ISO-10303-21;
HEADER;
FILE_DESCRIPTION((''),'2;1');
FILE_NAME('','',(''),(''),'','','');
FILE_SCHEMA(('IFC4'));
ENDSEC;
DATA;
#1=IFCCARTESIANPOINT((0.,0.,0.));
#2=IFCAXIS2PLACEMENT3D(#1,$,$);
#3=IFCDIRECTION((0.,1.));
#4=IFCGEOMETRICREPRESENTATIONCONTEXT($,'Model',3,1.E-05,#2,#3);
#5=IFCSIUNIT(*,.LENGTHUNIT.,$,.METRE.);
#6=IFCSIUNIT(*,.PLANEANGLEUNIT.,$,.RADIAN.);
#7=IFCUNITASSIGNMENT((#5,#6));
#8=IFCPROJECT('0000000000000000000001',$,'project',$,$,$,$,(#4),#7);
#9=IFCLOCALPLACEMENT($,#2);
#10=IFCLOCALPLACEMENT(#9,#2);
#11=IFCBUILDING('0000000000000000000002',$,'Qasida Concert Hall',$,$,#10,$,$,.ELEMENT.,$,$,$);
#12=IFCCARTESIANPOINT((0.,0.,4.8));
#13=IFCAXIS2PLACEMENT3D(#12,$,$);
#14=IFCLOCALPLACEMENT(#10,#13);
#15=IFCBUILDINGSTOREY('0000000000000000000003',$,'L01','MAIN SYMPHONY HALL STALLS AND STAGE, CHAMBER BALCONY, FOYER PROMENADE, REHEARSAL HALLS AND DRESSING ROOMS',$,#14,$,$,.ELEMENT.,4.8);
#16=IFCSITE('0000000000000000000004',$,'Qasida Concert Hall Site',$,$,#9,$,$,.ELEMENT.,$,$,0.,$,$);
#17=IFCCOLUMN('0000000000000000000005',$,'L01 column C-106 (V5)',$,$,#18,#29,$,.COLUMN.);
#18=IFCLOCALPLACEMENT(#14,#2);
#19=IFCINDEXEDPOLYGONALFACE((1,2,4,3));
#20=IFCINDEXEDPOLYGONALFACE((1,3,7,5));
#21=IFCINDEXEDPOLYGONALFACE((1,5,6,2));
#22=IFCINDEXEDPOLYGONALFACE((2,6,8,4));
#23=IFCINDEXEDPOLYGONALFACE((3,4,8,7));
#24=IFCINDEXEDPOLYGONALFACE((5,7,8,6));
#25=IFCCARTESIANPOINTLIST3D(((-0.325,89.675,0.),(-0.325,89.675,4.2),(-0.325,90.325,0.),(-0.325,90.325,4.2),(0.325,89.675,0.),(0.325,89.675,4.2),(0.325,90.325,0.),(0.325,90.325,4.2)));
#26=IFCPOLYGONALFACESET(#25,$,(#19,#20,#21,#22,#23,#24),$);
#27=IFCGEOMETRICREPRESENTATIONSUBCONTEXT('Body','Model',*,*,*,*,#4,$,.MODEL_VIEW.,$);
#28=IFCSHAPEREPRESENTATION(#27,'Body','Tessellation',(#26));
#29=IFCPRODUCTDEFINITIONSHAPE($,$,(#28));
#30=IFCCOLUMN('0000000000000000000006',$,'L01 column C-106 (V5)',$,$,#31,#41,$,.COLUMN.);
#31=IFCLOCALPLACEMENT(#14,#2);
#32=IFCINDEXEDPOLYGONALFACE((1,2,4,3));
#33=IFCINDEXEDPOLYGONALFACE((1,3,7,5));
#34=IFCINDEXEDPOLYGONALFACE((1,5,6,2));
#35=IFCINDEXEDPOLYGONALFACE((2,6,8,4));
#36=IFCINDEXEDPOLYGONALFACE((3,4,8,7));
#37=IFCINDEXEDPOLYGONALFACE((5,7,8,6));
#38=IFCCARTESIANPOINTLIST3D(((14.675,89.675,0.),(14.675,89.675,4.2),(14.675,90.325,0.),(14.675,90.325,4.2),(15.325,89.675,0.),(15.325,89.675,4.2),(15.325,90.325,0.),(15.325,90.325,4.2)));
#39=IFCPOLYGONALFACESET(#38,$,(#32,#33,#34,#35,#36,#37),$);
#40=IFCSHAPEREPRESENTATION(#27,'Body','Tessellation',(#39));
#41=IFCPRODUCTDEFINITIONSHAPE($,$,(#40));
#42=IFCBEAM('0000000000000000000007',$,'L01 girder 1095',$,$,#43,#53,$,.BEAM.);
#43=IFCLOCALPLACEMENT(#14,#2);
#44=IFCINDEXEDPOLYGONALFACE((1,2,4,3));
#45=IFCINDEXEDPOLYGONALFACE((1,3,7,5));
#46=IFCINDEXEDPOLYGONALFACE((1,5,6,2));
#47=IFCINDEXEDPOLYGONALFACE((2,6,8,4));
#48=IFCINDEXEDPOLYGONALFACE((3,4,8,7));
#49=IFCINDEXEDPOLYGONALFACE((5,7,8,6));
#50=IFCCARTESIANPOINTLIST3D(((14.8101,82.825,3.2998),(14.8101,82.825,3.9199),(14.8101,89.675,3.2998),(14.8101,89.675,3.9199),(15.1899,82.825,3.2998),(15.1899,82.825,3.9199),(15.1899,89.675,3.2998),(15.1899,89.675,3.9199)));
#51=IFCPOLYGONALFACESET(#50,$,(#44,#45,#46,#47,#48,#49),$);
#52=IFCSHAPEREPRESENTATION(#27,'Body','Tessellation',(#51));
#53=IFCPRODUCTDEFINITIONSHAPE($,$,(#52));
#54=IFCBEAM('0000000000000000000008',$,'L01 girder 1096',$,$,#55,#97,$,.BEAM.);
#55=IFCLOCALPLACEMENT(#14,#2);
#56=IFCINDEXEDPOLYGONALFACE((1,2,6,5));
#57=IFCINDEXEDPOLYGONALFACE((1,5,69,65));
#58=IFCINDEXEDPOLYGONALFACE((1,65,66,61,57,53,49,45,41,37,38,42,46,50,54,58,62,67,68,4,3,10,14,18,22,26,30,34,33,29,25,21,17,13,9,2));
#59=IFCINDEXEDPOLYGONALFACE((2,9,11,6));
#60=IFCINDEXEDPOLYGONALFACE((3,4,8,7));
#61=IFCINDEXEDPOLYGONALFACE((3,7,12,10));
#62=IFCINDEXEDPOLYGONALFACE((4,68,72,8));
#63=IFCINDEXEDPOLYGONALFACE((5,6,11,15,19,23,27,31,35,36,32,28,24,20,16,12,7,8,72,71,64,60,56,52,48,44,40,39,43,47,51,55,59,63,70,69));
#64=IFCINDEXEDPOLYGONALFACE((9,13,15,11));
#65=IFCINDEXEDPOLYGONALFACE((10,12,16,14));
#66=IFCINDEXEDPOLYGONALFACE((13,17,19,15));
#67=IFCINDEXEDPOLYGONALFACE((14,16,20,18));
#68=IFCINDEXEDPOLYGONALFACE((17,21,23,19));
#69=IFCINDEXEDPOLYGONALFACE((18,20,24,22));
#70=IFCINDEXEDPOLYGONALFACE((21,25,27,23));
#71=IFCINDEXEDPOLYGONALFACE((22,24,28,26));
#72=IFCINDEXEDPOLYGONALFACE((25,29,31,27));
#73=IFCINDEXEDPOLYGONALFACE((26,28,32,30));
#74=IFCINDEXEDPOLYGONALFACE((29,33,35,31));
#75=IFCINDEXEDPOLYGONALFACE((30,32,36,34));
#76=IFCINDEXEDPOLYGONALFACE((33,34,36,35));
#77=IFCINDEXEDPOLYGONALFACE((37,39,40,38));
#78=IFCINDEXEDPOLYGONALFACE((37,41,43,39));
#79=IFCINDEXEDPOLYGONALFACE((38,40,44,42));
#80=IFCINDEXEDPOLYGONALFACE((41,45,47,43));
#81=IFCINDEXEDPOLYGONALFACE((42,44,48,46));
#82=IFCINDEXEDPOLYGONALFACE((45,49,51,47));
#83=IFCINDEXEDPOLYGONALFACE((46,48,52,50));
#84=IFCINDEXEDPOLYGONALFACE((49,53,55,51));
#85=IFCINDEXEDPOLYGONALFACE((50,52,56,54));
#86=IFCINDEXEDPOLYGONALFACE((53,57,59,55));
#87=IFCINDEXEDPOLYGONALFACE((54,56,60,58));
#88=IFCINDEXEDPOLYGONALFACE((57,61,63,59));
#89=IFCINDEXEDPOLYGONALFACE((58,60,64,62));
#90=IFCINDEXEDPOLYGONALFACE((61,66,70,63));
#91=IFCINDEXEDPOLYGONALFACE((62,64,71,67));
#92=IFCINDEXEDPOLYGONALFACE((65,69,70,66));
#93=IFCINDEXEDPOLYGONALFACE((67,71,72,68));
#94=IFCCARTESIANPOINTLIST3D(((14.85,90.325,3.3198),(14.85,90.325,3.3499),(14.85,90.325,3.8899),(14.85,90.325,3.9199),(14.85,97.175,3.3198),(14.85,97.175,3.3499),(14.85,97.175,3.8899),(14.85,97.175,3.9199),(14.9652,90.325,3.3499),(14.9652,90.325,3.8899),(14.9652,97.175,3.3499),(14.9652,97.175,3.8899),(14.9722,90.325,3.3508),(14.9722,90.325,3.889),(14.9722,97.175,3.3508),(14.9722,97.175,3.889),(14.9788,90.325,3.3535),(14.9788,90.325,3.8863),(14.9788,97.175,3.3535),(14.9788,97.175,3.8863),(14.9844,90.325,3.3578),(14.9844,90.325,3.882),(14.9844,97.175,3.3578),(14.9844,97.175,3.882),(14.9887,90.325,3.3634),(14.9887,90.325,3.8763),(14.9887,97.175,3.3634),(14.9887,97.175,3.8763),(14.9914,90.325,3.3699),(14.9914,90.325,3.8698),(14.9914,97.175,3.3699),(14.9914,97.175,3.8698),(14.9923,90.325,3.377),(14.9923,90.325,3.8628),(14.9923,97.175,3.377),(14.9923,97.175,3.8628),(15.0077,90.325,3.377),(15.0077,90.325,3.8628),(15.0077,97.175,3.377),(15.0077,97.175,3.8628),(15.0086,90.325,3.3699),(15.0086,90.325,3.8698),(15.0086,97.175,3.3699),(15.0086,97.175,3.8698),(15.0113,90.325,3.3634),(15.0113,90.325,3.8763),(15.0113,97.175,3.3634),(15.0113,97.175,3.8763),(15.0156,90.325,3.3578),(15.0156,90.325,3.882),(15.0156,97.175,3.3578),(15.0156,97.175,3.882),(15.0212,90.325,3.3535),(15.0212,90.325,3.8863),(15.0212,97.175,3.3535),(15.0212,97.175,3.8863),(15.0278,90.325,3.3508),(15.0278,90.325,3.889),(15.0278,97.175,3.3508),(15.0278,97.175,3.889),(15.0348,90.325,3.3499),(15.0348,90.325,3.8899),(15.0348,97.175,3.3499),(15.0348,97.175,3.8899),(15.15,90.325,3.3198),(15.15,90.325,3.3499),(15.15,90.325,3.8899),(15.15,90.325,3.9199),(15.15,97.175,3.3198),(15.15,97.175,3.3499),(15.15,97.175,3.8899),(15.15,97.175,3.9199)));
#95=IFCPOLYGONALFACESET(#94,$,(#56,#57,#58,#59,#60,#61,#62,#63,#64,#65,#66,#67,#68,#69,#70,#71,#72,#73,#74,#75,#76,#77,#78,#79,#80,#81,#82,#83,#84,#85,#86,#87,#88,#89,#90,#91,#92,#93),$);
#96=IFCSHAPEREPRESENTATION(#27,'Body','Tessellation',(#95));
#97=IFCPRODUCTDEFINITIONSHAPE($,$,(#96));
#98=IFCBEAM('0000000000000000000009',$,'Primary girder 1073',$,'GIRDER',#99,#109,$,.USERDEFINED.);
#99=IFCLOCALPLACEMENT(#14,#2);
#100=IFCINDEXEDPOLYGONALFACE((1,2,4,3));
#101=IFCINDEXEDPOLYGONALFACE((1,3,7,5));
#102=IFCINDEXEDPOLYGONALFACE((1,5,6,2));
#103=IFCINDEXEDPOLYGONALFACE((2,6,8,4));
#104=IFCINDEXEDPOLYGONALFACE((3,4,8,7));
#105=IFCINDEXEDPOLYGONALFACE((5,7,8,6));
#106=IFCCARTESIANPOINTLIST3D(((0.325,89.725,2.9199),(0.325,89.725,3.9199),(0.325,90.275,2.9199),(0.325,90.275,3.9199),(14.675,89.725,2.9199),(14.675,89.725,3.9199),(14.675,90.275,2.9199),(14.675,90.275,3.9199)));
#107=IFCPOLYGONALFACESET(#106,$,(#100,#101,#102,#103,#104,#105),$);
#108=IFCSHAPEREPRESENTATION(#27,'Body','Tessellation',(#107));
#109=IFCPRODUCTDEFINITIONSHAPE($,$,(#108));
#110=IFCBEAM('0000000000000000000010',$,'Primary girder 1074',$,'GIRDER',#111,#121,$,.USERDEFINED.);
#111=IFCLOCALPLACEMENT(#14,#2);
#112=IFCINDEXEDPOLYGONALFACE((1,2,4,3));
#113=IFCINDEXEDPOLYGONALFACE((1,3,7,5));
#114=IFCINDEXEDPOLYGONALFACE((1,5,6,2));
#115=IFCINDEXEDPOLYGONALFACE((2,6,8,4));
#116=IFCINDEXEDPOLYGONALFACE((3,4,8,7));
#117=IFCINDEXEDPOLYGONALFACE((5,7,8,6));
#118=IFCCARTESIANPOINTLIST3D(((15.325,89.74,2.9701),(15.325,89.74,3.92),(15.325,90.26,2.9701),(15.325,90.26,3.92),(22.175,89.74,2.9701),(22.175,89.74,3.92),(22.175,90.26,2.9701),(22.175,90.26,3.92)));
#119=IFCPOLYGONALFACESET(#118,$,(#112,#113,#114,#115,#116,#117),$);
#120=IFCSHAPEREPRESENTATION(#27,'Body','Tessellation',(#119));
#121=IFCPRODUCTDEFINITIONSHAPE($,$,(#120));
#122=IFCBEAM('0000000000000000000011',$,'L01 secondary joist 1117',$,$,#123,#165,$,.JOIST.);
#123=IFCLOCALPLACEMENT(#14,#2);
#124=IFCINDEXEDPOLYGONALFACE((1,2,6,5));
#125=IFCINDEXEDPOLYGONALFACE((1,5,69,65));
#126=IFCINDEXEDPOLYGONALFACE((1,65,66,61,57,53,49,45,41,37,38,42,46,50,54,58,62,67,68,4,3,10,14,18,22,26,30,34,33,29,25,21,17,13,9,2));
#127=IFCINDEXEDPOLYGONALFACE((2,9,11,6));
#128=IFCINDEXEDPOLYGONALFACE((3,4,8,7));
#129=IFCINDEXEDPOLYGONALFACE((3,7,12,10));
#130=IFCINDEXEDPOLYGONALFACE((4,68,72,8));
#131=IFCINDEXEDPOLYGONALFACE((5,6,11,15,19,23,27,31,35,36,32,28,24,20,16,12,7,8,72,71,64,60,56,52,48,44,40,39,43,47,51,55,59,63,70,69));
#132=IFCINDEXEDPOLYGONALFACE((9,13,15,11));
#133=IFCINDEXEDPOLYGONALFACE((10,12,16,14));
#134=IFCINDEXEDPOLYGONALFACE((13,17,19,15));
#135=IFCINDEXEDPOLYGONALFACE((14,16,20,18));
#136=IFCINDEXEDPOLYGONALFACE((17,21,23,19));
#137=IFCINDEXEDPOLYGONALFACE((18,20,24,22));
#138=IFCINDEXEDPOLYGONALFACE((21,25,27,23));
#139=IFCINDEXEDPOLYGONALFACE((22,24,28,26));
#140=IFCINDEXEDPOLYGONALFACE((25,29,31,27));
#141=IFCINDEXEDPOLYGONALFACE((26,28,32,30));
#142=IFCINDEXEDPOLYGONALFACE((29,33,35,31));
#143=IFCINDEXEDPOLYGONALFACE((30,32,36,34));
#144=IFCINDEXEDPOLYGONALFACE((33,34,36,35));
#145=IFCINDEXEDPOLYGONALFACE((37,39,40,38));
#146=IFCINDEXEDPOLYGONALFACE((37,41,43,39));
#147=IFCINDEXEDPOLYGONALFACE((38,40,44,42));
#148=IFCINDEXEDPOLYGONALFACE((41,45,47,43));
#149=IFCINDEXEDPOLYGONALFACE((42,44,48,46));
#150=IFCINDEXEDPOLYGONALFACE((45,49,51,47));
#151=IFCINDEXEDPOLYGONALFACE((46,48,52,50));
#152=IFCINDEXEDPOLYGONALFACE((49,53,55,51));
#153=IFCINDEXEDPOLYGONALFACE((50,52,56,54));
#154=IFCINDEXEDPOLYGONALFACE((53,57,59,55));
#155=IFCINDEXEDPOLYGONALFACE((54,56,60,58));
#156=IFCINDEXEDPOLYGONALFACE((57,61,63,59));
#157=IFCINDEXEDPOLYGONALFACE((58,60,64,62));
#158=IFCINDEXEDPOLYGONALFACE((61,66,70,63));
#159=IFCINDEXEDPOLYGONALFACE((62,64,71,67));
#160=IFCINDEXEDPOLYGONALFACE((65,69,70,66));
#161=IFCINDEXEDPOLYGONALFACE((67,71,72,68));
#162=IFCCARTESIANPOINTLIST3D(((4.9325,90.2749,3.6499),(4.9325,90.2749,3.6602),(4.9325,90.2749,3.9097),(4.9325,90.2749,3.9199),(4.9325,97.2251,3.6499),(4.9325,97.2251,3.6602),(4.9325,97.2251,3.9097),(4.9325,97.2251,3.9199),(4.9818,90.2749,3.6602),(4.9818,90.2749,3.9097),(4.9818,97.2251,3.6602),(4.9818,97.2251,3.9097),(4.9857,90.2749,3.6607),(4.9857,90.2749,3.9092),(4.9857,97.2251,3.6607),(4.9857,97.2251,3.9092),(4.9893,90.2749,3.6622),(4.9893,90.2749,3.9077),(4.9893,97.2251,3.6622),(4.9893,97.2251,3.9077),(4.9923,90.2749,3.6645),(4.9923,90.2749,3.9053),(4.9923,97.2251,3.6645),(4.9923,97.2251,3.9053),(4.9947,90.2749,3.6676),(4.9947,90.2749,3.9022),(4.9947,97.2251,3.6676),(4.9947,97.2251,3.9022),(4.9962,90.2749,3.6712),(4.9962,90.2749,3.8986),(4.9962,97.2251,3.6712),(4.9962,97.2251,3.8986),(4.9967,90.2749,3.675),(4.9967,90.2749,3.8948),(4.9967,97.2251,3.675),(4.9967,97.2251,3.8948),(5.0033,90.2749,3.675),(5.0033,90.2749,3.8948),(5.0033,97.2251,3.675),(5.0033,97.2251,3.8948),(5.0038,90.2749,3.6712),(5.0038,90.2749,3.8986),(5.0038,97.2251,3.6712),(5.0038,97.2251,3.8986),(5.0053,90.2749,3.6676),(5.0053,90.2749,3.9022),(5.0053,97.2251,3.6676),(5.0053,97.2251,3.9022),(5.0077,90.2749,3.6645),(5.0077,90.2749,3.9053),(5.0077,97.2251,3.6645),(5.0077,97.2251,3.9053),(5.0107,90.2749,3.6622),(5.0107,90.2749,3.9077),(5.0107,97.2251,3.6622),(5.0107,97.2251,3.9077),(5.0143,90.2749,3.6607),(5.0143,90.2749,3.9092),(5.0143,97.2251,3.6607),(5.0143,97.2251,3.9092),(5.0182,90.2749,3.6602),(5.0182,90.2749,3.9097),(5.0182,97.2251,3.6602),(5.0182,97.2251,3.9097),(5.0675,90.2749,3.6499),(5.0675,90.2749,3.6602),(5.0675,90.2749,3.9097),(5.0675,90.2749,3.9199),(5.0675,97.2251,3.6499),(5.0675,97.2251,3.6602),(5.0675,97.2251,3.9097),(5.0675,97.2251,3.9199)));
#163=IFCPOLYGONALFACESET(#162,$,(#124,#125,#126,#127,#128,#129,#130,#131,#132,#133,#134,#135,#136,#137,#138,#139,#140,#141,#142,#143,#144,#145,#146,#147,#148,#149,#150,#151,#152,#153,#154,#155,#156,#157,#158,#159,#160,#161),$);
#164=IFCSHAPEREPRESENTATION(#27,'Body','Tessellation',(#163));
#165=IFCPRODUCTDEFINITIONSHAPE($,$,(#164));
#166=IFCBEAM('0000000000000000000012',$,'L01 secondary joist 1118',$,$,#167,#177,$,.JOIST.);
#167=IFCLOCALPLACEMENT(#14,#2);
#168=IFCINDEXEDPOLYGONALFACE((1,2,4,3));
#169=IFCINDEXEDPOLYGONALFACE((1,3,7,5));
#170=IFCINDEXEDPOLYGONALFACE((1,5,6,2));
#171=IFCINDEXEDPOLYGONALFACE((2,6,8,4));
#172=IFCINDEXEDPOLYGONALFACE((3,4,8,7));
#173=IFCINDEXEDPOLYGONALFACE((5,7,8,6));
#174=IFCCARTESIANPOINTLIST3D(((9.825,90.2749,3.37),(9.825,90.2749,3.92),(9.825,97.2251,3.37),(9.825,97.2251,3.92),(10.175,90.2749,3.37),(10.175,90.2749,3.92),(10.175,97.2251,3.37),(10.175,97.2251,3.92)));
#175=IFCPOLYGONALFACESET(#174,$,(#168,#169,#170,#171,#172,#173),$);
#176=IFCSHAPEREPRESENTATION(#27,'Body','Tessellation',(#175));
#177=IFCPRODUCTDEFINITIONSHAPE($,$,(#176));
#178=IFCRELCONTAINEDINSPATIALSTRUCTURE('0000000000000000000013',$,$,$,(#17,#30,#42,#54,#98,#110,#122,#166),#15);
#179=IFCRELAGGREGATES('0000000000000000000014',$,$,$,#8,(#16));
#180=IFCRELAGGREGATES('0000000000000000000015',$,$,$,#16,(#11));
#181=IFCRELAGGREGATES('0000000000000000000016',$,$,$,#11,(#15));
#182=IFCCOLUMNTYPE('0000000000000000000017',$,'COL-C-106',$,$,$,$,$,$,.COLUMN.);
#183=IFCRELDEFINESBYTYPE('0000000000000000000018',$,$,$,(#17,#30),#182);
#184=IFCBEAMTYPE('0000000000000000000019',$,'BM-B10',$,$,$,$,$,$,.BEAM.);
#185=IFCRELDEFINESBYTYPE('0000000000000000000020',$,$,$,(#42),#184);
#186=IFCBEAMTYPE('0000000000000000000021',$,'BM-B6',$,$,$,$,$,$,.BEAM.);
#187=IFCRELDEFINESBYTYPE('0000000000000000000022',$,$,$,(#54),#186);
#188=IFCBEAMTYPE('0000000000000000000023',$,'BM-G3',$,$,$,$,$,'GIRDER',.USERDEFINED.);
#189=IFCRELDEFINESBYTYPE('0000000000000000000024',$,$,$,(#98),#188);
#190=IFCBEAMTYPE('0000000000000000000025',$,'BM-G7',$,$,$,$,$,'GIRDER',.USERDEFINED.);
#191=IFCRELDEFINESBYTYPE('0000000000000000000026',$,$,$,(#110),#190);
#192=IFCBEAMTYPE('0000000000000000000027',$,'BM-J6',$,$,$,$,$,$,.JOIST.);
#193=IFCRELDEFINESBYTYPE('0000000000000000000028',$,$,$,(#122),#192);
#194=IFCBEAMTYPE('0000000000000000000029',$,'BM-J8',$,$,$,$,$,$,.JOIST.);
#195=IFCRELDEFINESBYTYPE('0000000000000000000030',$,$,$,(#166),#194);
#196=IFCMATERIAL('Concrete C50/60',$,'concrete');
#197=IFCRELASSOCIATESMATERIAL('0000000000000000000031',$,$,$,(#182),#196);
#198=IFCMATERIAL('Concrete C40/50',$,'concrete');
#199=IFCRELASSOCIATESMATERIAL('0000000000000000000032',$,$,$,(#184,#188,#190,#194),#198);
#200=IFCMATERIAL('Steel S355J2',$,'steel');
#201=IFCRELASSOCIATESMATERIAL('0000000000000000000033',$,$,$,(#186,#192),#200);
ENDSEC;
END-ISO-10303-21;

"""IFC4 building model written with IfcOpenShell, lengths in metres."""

from ifc_helpers import new_model, si_unit, direction, frame, origin, origin_2d, place, context, subcontext, project, spatial, rectangle, i_section, extrude, material, material_profile, profile_set, type_object, element, save


model = new_model("IFC4")

# Units and contexts
model_context = context("Model", 3, precision=1e-05, world=origin(), true_north=direction((0.0, 1.0)))
body_context = subcontext(model_context, "Body", "Model", "MODEL_VIEW")
ifc_project = project(units=[si_unit("LENGTHUNIT", "METRE"), si_unit("PLANEANGLEUNIT", "RADIAN")], contexts=[model_context])

# Site, building, storey
site_placement = place(None, origin())
site = spatial("IfcSite", under=ifc_project, at=site_placement, Name="Qasida Concert Hall Site", CompositionType="ELEMENT", RefElevation=0.0)
building_placement = place(site_placement, origin())
building = spatial("IfcBuilding", under=site, at=building_placement, Name="Qasida Concert Hall", CompositionType="ELEMENT")
storey_placement = place(building_placement, frame((0.0, 0.0, 4.8)))
storey = spatial("IfcBuildingStorey", under=building, at=storey_placement, Name="L01", Description="MAIN SYMPHONY HALL STALLS AND STAGE, CHAMBER BALCONY, FOYER PROMENADE, REHEARSAL HALLS AND DRESSING ROOMS", CompositionType="ELEMENT", Elevation=4.8)

# Columns
ifc_material_1 = material(Name="Concrete C50/60", Category="concrete")
ifc_material_profile_1 = material_profile(ifc_material_1, rectangle(XDim=0.6499, YDim=0.6499, at=origin_2d()), Name="RC 650x650")
ifc_profile_set_1 = profile_set([ifc_material_profile_1], Name="Concrete C50/60")
column_type = type_object("IfcColumnType", Name="COL-C-106", PredefinedType="COLUMN", material=ifc_profile_set_1)
for number, where, z_axis, x_axis, name in (
    (1, (0.0, 90.0, 0.0), (0.0, 0.0, 1.0), (1.0, 0.0, 0.0), "L01 column C-106 (V5)"),
    (2, (15.0, 90.0, 0.0), (0.0, 0.0, 1.0), (1.0, 0.0, 0.0), "L01 column C-106 (V5)"),
):
    element("IfcColumn", number, at=place(storey_placement, frame(where, z_axis=z_axis, x_axis=x_axis)), inside=storey, type_object=column_type, Name=name, PredefinedType="COLUMN", context=body_context, shape_type="SweptSolid", body=[
        extrude(rectangle(XDim=0.6499, YDim=0.6499, at=origin_2d()), origin(), (0.0, 0.0, 1.0), 4.2),
    ])

# Beams
ifc_material_2 = material(Name="Concrete C40/50", Category="concrete")
ifc_material_profile_2 = material_profile(ifc_material_2, rectangle(XDim=0.3799, YDim=0.6201, at=origin_2d()), Name="RC 380x620")
ifc_profile_set_2 = profile_set([ifc_material_profile_2], Name="Concrete C40/50")
beam_type_1 = type_object("IfcBeamType", Name="BM-B10", PredefinedType="BEAM", material=ifc_profile_set_2)
beam_1_placement = place(storey_placement, frame((15.0, 82.825, 3.6099), z_axis=(0.0, 1.0, 0.0), x_axis=(-1.0, 0.0, 0.0)))
element("IfcBeam", 3, at=beam_1_placement, inside=storey, type_object=beam_type_1, Name="L01 girder 1095", PredefinedType="BEAM", context=body_context, shape_type="SweptSolid", body=[
    extrude(rectangle(XDim=0.3799, YDim=0.6201, at=origin_2d()), origin(), (0.0, 0.0, 1.0), 6.8501),
])
ifc_material_3 = material(Name="Steel S355J2", Category="steel")
ifc_material_profile_3 = material_profile(ifc_material_3, i_section(OverallWidth=0.3, OverallDepth=0.6001, WebThickness=0.0154, FlangeThickness=0.03, FilletRadius=0.0271, at=origin_2d()), Name="HEB 600")
ifc_profile_set_3 = profile_set([ifc_material_profile_3], Name="Steel S355J2")
beam_type_2 = type_object("IfcBeamType", Name="BM-B6", PredefinedType="BEAM", material=ifc_profile_set_3)
beam_2_placement = place(storey_placement, frame((15.0, 90.325, 3.6199), z_axis=(0.0, 1.0, 0.0), x_axis=(-1.0, 0.0, 0.0)))
element("IfcBeam", 4, at=beam_2_placement, inside=storey, type_object=beam_type_2, Name="L01 girder 1096", PredefinedType="BEAM", context=body_context, shape_type="SweptSolid", body=[
    extrude(i_section(OverallWidth=0.3, OverallDepth=0.6001, WebThickness=0.0154, FlangeThickness=0.03, FilletRadius=0.0271, at=origin_2d()), origin(), (0.0, 0.0, 1.0), 6.8501),
])
ifc_material_profile_4 = material_profile(ifc_material_2, rectangle(XDim=0.55, YDim=1.0, at=origin_2d()), Name="RC 550x1000")
ifc_profile_set_4 = profile_set([ifc_material_profile_4], Name="Concrete C40/50")
beam_type_3 = type_object("IfcBeamType", Name="BM-G3", ElementType="GIRDER", PredefinedType="USERDEFINED", material=ifc_profile_set_4)
beam_3_placement = place(storey_placement, frame((0.325, 90.0, 3.4199), z_axis=(1.0, 0.0, 0.0), x_axis=(0.0, 1.0, 0.0)))
element("IfcBeam", 5, at=beam_3_placement, inside=storey, type_object=beam_type_3, Name="Primary girder 1073", ObjectType="GIRDER", PredefinedType="USERDEFINED", context=body_context, shape_type="SweptSolid", body=[
    extrude(rectangle(XDim=0.55, YDim=1.0, at=origin_2d()), origin(), (0.0, 0.0, 1.0), 14.3501),
])
ifc_material_profile_5 = material_profile(ifc_material_2, rectangle(XDim=0.52, YDim=0.95, at=origin_2d()), Name="RC 520x950")
ifc_profile_set_5 = profile_set([ifc_material_profile_5], Name="Concrete C40/50")
beam_type_4 = type_object("IfcBeamType", Name="BM-G7", ElementType="GIRDER", PredefinedType="USERDEFINED", material=ifc_profile_set_5)
beam_4_placement = place(storey_placement, frame((15.325, 90.0, 3.4451), z_axis=(1.0, 0.0, 0.0), x_axis=(0.0, 1.0, 0.0)))
element("IfcBeam", 6, at=beam_4_placement, inside=storey, type_object=beam_type_4, Name="Primary girder 1074", ObjectType="GIRDER", PredefinedType="USERDEFINED", context=body_context, shape_type="SweptSolid", body=[
    extrude(rectangle(XDim=0.52, YDim=0.95, at=origin_2d()), origin(), (0.0, 0.0, 1.0), 6.8501),
])
ifc_material_profile_6 = material_profile(ifc_material_3, i_section(OverallWidth=0.135, OverallDepth=0.27, WebThickness=0.0066, FlangeThickness=0.0103, FilletRadius=0.0149, at=origin_2d()), Name="IPE 270")
ifc_profile_set_6 = profile_set([ifc_material_profile_6], Name="Steel S355J2")
beam_type_5 = type_object("IfcBeamType", Name="BM-J6", PredefinedType="JOIST", material=ifc_profile_set_6)
beam_5_placement = place(storey_placement, frame((5.0, 90.2749, 3.7849), z_axis=(0.0, 1.0, 0.0), x_axis=(-1.0, 0.0, 0.0)))
element("IfcBeam", 7, at=beam_5_placement, inside=storey, type_object=beam_type_5, Name="L01 secondary joist 1117", PredefinedType="JOIST", context=body_context, shape_type="SweptSolid", body=[
    extrude(i_section(OverallWidth=0.135, OverallDepth=0.27, WebThickness=0.0066, FlangeThickness=0.0103, FilletRadius=0.0149, at=origin_2d()), origin(), (0.0, 0.0, 1.0), 6.9502),
])
ifc_material_profile_7 = material_profile(ifc_material_2, rectangle(XDim=0.3501, YDim=0.55, at=origin_2d()), Name="RC 350x550")
ifc_profile_set_7 = profile_set([ifc_material_profile_7], Name="Concrete C40/50")
beam_type_6 = type_object("IfcBeamType", Name="BM-J8", PredefinedType="JOIST", material=ifc_profile_set_7)
beam_6_placement = place(storey_placement, frame((10.0, 90.2749, 3.645), z_axis=(0.0, 1.0, 0.0), x_axis=(-1.0, 0.0, 0.0)))
element("IfcBeam", 8, at=beam_6_placement, inside=storey, type_object=beam_type_6, Name="L01 secondary joist 1118", PredefinedType="JOIST", context=body_context, shape_type="SweptSolid", body=[
    extrude(rectangle(XDim=0.3501, YDim=0.55, at=origin_2d()), origin(), (0.0, 0.0, 1.0), 6.9502),
])

save(model, "model.ifc")
